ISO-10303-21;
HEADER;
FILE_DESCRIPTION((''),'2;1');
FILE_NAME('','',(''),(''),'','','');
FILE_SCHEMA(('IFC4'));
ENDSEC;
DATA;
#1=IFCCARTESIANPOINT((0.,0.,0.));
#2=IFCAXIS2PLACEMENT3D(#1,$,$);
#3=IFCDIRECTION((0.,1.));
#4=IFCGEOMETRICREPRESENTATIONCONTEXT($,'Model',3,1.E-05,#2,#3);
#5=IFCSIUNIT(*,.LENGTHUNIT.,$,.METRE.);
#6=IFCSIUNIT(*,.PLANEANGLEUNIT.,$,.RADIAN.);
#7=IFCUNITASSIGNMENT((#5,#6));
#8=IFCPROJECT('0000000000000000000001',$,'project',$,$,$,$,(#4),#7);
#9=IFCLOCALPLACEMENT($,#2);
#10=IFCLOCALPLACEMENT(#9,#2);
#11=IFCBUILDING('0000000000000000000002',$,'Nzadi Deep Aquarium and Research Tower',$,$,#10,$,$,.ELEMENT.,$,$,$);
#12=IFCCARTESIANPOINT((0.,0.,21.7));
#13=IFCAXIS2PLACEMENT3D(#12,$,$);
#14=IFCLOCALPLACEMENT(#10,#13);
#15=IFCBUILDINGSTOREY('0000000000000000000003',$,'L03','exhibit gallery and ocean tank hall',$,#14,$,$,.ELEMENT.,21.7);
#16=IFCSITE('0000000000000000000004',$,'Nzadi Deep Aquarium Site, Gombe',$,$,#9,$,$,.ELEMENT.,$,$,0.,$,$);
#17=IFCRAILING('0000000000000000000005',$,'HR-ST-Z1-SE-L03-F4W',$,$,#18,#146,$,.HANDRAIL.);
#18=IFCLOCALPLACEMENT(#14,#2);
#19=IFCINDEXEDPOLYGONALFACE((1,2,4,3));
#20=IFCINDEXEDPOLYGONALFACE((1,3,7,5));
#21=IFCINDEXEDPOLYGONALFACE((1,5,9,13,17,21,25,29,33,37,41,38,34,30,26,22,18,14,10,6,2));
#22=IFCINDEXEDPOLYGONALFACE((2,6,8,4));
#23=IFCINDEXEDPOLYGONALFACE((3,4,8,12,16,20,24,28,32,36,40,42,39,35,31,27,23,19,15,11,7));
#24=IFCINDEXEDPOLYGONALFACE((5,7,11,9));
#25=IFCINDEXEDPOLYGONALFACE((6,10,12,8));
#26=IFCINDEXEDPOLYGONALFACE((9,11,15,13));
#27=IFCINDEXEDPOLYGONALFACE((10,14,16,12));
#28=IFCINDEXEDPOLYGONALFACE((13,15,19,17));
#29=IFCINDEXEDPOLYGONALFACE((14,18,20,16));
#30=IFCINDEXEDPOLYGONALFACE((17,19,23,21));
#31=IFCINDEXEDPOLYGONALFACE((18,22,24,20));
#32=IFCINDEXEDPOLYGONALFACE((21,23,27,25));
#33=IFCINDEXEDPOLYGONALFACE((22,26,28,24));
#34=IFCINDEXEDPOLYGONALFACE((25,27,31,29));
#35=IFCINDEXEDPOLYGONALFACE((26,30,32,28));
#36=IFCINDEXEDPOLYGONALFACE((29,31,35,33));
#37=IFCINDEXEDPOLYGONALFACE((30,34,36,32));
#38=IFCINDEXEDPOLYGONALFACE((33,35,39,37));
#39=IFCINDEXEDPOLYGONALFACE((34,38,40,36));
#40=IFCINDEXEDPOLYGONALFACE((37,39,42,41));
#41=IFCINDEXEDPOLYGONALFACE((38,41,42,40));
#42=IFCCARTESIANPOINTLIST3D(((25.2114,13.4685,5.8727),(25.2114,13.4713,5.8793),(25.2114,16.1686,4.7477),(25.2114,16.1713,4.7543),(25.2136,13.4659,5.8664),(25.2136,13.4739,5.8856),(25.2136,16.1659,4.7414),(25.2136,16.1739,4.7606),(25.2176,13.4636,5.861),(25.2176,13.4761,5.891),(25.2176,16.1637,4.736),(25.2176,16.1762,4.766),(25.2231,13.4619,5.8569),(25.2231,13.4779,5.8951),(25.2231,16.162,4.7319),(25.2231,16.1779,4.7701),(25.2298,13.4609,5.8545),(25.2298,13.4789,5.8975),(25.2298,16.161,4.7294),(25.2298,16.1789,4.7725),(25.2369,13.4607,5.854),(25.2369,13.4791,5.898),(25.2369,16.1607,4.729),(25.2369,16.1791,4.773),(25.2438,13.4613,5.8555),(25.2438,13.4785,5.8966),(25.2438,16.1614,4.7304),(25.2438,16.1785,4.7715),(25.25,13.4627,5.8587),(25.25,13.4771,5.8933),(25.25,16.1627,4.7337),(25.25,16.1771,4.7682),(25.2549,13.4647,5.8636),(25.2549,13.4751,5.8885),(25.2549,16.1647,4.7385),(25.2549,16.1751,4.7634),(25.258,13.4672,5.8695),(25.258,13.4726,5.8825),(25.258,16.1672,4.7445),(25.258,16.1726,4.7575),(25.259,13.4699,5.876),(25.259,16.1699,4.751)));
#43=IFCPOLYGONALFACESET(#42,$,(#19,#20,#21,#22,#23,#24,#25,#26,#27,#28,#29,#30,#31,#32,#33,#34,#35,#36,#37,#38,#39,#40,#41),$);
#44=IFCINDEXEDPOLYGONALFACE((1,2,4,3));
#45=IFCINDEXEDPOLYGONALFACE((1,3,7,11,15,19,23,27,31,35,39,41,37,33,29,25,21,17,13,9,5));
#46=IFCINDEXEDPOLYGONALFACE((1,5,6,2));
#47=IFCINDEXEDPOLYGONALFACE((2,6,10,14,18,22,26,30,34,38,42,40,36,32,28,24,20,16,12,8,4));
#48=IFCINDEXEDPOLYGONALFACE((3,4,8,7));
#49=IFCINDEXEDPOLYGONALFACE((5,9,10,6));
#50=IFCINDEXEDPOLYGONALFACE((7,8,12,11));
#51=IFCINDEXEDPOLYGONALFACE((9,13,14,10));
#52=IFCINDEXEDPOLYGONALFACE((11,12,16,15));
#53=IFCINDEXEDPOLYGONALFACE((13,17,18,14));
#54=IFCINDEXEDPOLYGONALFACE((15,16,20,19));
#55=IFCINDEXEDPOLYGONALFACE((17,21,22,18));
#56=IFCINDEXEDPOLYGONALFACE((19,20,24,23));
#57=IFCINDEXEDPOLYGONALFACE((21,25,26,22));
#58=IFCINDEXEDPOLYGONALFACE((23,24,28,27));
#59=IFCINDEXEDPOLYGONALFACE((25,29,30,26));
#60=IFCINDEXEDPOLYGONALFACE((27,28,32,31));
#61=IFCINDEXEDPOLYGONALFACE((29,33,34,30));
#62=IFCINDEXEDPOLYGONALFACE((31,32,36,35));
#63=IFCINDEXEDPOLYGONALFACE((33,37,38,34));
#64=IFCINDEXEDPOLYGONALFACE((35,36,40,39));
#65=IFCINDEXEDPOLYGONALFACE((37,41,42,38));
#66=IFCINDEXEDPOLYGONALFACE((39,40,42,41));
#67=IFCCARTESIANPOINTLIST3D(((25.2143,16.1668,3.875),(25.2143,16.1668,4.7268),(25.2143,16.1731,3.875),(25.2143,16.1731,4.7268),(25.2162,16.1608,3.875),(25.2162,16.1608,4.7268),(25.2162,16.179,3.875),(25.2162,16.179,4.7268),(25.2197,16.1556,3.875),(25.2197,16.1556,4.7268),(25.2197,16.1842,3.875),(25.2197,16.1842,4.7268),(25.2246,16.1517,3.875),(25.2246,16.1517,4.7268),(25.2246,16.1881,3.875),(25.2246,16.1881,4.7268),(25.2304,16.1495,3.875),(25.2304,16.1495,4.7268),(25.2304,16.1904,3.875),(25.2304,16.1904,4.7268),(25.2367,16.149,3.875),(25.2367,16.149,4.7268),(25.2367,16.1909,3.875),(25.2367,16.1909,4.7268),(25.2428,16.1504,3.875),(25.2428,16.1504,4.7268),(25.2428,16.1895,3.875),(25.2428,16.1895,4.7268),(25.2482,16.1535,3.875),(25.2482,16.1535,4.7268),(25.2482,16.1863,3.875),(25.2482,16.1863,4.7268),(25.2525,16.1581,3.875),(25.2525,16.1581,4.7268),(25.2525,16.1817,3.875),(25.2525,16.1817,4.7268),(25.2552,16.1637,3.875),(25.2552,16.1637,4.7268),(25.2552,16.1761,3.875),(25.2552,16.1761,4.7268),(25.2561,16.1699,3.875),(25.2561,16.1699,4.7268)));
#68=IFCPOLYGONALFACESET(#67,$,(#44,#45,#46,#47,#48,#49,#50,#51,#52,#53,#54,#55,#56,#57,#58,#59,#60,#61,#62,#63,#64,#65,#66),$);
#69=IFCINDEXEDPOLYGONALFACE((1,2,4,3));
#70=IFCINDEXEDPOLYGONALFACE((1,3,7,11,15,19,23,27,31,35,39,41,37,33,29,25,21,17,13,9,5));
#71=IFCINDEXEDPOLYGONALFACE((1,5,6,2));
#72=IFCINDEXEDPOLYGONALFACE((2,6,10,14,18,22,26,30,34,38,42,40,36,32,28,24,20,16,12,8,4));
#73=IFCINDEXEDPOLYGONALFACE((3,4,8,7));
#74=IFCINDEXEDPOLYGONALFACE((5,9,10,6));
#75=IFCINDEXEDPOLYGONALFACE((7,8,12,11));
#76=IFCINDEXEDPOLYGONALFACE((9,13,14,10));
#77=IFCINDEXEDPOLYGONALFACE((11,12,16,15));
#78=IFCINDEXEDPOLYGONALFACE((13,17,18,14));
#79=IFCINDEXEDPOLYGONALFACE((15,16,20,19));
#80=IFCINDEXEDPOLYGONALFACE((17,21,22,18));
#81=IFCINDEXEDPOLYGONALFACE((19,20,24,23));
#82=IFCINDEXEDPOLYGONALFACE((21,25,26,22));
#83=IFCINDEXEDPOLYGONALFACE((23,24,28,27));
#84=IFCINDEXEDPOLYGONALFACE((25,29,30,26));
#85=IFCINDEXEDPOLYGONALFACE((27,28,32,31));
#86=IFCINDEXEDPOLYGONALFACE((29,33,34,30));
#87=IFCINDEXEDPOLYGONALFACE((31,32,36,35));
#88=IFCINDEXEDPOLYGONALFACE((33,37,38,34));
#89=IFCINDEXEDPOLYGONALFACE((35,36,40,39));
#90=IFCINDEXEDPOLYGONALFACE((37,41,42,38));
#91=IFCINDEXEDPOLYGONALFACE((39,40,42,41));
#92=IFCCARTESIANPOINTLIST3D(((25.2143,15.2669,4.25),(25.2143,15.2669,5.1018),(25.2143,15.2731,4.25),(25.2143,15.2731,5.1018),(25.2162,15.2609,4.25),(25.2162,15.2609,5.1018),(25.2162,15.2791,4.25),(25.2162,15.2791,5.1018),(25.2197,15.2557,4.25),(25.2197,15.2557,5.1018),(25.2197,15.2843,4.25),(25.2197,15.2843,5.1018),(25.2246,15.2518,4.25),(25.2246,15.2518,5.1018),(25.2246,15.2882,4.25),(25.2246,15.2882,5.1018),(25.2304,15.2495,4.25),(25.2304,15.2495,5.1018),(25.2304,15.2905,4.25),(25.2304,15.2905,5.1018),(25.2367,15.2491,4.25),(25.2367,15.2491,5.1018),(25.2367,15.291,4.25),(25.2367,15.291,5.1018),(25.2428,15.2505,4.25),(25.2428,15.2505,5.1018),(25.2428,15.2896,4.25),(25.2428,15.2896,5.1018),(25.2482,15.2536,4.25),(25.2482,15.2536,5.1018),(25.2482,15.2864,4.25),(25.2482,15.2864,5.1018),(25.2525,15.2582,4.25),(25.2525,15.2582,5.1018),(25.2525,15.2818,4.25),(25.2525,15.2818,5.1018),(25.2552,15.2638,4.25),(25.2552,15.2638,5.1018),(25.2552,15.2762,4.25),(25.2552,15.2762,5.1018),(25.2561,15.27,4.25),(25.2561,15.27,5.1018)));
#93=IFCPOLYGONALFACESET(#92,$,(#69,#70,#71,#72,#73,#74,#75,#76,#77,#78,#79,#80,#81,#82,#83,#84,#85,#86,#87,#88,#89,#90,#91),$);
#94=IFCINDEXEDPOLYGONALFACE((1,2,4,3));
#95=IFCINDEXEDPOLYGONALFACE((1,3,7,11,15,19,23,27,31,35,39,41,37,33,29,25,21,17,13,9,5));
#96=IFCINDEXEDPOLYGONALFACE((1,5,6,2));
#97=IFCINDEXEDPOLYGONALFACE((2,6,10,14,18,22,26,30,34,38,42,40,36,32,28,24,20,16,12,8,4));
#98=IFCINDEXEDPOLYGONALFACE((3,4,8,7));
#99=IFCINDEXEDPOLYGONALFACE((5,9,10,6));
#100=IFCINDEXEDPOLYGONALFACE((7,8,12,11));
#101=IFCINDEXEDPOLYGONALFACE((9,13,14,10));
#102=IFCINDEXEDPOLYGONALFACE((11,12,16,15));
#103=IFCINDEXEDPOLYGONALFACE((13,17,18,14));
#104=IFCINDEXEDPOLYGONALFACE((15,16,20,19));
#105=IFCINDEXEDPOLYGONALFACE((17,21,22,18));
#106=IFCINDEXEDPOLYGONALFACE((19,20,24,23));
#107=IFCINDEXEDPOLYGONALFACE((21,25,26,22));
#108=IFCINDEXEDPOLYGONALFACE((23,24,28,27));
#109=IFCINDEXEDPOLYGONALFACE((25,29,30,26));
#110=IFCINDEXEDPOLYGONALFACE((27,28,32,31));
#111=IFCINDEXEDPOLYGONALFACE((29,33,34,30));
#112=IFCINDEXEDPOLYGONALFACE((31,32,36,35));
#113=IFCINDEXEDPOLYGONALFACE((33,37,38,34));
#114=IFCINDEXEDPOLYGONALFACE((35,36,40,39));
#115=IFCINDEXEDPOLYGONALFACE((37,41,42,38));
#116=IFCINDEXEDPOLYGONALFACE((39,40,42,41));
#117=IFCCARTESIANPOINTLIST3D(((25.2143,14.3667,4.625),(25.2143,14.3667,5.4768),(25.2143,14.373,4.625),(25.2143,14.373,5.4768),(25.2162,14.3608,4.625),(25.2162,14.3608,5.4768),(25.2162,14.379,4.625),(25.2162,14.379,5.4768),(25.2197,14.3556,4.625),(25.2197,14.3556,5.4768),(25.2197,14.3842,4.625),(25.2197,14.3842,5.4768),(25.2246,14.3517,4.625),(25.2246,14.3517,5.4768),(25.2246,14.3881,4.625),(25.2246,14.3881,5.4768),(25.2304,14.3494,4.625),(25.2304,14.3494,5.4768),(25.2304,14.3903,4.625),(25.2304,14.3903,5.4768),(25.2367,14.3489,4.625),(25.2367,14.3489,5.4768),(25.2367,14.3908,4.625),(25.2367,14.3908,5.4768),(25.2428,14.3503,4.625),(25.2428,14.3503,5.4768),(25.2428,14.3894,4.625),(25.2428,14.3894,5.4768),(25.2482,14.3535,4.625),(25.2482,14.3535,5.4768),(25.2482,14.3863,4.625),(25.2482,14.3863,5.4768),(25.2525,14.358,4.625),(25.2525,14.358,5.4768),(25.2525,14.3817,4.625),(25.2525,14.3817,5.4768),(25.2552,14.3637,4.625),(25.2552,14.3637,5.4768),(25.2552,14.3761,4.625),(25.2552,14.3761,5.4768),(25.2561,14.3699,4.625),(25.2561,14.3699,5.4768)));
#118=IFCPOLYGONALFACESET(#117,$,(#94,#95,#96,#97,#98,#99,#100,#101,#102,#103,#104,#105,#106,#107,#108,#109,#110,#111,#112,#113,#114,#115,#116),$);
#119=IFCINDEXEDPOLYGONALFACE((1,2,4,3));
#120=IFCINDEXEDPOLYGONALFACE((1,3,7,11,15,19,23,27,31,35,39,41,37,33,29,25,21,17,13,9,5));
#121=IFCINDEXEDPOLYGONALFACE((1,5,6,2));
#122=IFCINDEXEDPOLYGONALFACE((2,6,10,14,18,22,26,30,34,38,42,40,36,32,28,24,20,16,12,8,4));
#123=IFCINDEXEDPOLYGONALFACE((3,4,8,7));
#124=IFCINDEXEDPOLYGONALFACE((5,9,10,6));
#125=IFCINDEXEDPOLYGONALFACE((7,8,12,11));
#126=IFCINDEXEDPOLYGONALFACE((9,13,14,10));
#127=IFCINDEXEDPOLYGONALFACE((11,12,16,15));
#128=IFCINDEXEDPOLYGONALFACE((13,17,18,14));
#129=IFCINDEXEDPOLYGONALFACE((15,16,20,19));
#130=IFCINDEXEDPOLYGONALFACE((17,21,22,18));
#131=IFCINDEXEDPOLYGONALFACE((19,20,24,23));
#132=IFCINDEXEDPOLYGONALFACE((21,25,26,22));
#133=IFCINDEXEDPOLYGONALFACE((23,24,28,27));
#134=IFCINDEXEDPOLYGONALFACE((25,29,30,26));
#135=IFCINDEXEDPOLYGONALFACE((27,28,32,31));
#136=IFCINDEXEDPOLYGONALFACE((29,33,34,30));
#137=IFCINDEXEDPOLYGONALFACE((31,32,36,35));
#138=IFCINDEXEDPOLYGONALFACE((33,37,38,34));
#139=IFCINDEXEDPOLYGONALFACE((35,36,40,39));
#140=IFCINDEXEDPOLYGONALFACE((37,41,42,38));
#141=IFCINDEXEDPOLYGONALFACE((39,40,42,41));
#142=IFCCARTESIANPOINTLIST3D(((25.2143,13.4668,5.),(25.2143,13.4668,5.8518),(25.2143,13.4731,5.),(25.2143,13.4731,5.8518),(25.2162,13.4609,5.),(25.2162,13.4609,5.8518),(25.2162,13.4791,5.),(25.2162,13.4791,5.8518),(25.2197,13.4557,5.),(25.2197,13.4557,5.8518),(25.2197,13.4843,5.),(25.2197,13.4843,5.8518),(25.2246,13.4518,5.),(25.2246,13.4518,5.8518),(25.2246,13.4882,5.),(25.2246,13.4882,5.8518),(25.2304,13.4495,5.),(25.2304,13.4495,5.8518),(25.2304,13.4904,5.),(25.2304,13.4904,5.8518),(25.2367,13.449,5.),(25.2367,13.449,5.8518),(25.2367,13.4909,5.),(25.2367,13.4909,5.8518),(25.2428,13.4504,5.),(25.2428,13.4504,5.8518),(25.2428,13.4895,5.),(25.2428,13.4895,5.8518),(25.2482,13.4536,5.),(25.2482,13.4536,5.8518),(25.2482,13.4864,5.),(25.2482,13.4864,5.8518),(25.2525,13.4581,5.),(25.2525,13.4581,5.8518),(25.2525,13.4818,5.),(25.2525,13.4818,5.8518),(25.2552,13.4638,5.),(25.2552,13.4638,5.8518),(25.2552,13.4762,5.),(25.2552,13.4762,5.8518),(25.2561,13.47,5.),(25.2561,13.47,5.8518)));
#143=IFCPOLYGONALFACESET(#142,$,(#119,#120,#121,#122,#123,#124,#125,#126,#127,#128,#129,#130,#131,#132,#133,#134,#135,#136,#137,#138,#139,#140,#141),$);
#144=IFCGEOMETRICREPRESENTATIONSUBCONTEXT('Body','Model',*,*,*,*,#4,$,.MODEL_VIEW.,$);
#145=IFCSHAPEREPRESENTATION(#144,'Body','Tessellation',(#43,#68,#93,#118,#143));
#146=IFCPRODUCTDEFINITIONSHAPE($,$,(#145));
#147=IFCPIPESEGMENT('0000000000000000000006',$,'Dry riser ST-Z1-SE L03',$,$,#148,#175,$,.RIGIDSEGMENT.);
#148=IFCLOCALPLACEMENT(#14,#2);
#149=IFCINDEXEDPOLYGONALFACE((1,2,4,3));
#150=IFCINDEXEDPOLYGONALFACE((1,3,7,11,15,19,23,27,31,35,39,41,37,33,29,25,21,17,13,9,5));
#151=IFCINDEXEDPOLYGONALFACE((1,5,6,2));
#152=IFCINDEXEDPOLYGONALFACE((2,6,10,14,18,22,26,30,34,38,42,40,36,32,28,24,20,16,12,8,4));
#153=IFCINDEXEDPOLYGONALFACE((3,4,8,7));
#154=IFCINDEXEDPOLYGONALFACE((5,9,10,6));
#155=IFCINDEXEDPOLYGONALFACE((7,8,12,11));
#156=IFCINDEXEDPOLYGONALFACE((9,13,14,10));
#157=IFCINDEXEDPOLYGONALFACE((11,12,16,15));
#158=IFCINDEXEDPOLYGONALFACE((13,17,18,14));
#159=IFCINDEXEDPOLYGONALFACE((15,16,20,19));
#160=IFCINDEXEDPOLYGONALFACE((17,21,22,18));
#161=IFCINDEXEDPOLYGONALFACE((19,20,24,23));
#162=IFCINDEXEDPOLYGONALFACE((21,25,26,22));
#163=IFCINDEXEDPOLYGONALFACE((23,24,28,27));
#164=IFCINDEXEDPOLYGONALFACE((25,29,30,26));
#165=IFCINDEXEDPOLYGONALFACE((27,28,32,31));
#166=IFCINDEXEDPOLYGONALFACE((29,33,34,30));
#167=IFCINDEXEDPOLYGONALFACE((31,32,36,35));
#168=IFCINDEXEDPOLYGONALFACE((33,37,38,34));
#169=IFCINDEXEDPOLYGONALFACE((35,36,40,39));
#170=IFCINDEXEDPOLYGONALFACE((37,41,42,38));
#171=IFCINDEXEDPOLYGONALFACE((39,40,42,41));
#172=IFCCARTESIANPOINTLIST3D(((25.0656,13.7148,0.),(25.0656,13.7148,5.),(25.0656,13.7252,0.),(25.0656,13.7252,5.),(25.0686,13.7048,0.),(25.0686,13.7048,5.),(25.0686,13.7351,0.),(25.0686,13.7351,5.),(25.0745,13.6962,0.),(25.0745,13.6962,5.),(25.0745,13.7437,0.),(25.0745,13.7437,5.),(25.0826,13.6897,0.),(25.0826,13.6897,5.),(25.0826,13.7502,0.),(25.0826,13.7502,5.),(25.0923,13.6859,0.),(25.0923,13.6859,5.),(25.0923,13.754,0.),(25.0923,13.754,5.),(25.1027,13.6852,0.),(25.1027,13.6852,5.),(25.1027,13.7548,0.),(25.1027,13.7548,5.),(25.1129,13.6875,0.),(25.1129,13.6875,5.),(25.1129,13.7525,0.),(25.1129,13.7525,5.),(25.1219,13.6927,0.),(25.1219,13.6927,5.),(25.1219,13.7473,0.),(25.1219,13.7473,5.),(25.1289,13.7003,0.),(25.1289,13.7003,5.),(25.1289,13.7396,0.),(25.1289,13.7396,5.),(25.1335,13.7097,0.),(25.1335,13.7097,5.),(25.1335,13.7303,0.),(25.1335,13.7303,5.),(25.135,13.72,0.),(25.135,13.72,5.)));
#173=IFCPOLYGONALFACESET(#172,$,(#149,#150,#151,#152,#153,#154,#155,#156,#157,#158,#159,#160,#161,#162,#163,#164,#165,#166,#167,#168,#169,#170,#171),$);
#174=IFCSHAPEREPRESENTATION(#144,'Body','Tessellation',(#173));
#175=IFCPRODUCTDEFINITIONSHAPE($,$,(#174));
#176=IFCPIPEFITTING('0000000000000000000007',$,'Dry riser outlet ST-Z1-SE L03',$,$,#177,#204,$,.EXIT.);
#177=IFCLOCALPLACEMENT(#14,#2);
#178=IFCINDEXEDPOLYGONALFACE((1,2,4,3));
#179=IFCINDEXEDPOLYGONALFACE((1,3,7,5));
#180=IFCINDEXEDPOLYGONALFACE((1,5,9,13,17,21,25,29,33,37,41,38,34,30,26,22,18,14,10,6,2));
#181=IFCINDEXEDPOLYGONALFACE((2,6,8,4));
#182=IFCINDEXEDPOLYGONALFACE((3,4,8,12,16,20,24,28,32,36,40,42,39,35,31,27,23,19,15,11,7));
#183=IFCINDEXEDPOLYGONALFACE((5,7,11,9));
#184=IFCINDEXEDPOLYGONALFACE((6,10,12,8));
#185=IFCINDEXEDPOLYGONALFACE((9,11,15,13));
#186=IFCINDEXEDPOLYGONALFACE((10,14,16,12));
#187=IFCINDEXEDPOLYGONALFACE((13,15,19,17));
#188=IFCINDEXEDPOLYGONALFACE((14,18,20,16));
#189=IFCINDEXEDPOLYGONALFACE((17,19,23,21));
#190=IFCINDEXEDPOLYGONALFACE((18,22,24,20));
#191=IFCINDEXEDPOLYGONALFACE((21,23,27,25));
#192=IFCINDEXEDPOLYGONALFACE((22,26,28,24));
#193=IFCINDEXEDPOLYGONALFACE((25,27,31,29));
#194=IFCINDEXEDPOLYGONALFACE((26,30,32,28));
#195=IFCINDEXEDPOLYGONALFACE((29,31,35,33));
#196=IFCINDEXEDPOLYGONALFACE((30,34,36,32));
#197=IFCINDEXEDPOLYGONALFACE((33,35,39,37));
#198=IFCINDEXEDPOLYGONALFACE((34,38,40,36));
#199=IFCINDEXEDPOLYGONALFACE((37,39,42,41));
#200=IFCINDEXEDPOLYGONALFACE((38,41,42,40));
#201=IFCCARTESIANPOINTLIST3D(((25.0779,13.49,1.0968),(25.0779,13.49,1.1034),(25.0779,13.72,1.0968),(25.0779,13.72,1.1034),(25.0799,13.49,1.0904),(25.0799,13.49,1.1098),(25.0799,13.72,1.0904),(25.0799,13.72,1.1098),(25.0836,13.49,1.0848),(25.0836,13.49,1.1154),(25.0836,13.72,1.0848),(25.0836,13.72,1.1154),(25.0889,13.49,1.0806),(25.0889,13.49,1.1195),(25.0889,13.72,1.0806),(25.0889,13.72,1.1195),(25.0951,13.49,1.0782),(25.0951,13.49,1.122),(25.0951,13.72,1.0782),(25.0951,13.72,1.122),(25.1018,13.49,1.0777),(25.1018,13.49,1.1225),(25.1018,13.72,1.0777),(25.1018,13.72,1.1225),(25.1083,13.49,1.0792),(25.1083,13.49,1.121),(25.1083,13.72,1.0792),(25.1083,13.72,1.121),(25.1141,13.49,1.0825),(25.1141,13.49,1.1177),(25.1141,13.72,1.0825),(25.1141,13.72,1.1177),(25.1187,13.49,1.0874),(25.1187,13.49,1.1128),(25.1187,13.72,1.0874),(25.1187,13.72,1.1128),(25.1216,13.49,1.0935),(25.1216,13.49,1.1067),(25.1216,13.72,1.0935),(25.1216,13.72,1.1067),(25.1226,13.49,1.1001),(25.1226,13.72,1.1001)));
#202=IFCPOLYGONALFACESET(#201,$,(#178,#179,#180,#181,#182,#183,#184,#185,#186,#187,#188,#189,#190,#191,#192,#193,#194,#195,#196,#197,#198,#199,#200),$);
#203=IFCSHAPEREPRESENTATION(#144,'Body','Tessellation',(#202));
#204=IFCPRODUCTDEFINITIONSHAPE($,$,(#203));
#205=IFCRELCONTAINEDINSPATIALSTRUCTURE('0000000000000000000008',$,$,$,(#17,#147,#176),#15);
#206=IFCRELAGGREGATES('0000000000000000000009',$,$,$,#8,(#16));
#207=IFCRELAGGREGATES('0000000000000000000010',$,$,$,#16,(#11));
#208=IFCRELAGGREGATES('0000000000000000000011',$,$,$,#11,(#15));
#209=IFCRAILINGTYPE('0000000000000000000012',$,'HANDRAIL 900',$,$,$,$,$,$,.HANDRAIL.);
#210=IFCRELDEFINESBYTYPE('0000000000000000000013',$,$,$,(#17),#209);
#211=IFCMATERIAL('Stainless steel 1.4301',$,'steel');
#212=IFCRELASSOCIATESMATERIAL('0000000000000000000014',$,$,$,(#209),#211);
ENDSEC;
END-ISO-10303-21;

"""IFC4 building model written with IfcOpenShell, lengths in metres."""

from ifc_helpers import new_model, si_unit, direction, frame, origin, origin_2d, place, context, subcontext, project, spatial, circle, extrude, material, type_object, element, save


model = new_model("IFC4")

# Units and contexts
model_context = context("Model", 3, precision=1e-05, world=origin(), true_north=direction((0.0, 1.0)))
body_context = subcontext(model_context, "Body", "Model", "MODEL_VIEW")
ifc_project = project(units=[si_unit("LENGTHUNIT", "METRE"), si_unit("PLANEANGLEUNIT", "RADIAN")], contexts=[model_context])

# Site, building, storey
site_placement = place(None, origin())
site = spatial("IfcSite", under=ifc_project, at=site_placement, Name="Nzadi Deep Aquarium Site, Gombe", CompositionType="ELEMENT", RefElevation=0.0)
building_placement = place(site_placement, origin())
building = spatial("IfcBuilding", under=site, at=building_placement, Name="Nzadi Deep Aquarium and Research Tower", CompositionType="ELEMENT")
storey_placement = place(building_placement, frame((0.0, 0.0, 21.7)))
storey = spatial("IfcBuildingStorey", under=building, at=storey_placement, Name="L03", Description="exhibit gallery and ocean tank hall", CompositionType="ELEMENT", Elevation=21.7)

# Railing
ifc_material_1 = material(Name="Stainless steel 1.4301", Category="steel")
railing_type = type_object("IfcRailingType", Name="HANDRAIL 900", PredefinedType="HANDRAIL", material=ifc_material_1)
for number, where, name in (
    (1, (25.2351, 16.1699, 3.875), "HR-ST-Z1-SE-L03-F4W"),
):
    element("IfcRailing", number, at=place(storey_placement, frame(where)), inside=storey, type_object=railing_type, Name=name, PredefinedType="HANDRAIL", context=body_context, shape_type="SweptSolid", body=[
        extrude(circle(Radius=0.0239, at=origin_2d()), frame((0.0, 0.0, 0.876), z_axis=(0.0, -0.923074, 0.384621), x_axis=(1.0, 0.0, 0.0)), (0.0, 0.0, 1.0), 2.925),
        extrude(circle(Radius=0.021, at=origin_2d()), origin(), (0.0, 0.0, 1.0), 0.8518),
        extrude(circle(Radius=0.021, at=origin_2d()), frame((0.0, -0.8999, 0.375)), (0.0, 0.0, 1.0), 0.8518),
        extrude(circle(Radius=0.021, at=origin_2d()), frame((0.0, -1.8, 0.75)), (0.0, 0.0, 1.0), 0.8518),
        extrude(circle(Radius=0.021, at=origin_2d()), frame((0.0, -2.7, 1.125)), (0.0, 0.0, 1.0), 0.8518),
    ])

# Pipe segment
pipe_segment_placement = place(storey_placement, frame((25.1001, 13.72, 0.0), z_axis=(0.0, 0.0, 1.0), x_axis=(1.0, 0.0, 0.0)))
element("IfcPipeSegment", 2, at=pipe_segment_placement, inside=storey, Name="Dry riser ST-Z1-SE L03", PredefinedType="RIGIDSEGMENT", context=body_context, shape_type="SweptSolid", body=[
    extrude(circle(Radius=0.0349, at=origin_2d()), origin(), (0.0, 0.0, 1.0), 5.0),
])

# Pipe fitting
pipe_fitting_placement = place(storey_placement, frame((25.1001, 13.72, 1.1001), z_axis=(0.0, -1.0, 0.0), x_axis=(1.0, 0.0, 0.0)))
element("IfcPipeFitting", 3, at=pipe_fitting_placement, inside=storey, Name="Dry riser outlet ST-Z1-SE L03", PredefinedType="EXIT", context=body_context, shape_type="SweptSolid", body=[
    extrude(circle(Radius=0.0225, at=origin_2d()), origin(), (0.0, 0.0, 1.0), 0.23),
])

save(model, "model.ifc")
